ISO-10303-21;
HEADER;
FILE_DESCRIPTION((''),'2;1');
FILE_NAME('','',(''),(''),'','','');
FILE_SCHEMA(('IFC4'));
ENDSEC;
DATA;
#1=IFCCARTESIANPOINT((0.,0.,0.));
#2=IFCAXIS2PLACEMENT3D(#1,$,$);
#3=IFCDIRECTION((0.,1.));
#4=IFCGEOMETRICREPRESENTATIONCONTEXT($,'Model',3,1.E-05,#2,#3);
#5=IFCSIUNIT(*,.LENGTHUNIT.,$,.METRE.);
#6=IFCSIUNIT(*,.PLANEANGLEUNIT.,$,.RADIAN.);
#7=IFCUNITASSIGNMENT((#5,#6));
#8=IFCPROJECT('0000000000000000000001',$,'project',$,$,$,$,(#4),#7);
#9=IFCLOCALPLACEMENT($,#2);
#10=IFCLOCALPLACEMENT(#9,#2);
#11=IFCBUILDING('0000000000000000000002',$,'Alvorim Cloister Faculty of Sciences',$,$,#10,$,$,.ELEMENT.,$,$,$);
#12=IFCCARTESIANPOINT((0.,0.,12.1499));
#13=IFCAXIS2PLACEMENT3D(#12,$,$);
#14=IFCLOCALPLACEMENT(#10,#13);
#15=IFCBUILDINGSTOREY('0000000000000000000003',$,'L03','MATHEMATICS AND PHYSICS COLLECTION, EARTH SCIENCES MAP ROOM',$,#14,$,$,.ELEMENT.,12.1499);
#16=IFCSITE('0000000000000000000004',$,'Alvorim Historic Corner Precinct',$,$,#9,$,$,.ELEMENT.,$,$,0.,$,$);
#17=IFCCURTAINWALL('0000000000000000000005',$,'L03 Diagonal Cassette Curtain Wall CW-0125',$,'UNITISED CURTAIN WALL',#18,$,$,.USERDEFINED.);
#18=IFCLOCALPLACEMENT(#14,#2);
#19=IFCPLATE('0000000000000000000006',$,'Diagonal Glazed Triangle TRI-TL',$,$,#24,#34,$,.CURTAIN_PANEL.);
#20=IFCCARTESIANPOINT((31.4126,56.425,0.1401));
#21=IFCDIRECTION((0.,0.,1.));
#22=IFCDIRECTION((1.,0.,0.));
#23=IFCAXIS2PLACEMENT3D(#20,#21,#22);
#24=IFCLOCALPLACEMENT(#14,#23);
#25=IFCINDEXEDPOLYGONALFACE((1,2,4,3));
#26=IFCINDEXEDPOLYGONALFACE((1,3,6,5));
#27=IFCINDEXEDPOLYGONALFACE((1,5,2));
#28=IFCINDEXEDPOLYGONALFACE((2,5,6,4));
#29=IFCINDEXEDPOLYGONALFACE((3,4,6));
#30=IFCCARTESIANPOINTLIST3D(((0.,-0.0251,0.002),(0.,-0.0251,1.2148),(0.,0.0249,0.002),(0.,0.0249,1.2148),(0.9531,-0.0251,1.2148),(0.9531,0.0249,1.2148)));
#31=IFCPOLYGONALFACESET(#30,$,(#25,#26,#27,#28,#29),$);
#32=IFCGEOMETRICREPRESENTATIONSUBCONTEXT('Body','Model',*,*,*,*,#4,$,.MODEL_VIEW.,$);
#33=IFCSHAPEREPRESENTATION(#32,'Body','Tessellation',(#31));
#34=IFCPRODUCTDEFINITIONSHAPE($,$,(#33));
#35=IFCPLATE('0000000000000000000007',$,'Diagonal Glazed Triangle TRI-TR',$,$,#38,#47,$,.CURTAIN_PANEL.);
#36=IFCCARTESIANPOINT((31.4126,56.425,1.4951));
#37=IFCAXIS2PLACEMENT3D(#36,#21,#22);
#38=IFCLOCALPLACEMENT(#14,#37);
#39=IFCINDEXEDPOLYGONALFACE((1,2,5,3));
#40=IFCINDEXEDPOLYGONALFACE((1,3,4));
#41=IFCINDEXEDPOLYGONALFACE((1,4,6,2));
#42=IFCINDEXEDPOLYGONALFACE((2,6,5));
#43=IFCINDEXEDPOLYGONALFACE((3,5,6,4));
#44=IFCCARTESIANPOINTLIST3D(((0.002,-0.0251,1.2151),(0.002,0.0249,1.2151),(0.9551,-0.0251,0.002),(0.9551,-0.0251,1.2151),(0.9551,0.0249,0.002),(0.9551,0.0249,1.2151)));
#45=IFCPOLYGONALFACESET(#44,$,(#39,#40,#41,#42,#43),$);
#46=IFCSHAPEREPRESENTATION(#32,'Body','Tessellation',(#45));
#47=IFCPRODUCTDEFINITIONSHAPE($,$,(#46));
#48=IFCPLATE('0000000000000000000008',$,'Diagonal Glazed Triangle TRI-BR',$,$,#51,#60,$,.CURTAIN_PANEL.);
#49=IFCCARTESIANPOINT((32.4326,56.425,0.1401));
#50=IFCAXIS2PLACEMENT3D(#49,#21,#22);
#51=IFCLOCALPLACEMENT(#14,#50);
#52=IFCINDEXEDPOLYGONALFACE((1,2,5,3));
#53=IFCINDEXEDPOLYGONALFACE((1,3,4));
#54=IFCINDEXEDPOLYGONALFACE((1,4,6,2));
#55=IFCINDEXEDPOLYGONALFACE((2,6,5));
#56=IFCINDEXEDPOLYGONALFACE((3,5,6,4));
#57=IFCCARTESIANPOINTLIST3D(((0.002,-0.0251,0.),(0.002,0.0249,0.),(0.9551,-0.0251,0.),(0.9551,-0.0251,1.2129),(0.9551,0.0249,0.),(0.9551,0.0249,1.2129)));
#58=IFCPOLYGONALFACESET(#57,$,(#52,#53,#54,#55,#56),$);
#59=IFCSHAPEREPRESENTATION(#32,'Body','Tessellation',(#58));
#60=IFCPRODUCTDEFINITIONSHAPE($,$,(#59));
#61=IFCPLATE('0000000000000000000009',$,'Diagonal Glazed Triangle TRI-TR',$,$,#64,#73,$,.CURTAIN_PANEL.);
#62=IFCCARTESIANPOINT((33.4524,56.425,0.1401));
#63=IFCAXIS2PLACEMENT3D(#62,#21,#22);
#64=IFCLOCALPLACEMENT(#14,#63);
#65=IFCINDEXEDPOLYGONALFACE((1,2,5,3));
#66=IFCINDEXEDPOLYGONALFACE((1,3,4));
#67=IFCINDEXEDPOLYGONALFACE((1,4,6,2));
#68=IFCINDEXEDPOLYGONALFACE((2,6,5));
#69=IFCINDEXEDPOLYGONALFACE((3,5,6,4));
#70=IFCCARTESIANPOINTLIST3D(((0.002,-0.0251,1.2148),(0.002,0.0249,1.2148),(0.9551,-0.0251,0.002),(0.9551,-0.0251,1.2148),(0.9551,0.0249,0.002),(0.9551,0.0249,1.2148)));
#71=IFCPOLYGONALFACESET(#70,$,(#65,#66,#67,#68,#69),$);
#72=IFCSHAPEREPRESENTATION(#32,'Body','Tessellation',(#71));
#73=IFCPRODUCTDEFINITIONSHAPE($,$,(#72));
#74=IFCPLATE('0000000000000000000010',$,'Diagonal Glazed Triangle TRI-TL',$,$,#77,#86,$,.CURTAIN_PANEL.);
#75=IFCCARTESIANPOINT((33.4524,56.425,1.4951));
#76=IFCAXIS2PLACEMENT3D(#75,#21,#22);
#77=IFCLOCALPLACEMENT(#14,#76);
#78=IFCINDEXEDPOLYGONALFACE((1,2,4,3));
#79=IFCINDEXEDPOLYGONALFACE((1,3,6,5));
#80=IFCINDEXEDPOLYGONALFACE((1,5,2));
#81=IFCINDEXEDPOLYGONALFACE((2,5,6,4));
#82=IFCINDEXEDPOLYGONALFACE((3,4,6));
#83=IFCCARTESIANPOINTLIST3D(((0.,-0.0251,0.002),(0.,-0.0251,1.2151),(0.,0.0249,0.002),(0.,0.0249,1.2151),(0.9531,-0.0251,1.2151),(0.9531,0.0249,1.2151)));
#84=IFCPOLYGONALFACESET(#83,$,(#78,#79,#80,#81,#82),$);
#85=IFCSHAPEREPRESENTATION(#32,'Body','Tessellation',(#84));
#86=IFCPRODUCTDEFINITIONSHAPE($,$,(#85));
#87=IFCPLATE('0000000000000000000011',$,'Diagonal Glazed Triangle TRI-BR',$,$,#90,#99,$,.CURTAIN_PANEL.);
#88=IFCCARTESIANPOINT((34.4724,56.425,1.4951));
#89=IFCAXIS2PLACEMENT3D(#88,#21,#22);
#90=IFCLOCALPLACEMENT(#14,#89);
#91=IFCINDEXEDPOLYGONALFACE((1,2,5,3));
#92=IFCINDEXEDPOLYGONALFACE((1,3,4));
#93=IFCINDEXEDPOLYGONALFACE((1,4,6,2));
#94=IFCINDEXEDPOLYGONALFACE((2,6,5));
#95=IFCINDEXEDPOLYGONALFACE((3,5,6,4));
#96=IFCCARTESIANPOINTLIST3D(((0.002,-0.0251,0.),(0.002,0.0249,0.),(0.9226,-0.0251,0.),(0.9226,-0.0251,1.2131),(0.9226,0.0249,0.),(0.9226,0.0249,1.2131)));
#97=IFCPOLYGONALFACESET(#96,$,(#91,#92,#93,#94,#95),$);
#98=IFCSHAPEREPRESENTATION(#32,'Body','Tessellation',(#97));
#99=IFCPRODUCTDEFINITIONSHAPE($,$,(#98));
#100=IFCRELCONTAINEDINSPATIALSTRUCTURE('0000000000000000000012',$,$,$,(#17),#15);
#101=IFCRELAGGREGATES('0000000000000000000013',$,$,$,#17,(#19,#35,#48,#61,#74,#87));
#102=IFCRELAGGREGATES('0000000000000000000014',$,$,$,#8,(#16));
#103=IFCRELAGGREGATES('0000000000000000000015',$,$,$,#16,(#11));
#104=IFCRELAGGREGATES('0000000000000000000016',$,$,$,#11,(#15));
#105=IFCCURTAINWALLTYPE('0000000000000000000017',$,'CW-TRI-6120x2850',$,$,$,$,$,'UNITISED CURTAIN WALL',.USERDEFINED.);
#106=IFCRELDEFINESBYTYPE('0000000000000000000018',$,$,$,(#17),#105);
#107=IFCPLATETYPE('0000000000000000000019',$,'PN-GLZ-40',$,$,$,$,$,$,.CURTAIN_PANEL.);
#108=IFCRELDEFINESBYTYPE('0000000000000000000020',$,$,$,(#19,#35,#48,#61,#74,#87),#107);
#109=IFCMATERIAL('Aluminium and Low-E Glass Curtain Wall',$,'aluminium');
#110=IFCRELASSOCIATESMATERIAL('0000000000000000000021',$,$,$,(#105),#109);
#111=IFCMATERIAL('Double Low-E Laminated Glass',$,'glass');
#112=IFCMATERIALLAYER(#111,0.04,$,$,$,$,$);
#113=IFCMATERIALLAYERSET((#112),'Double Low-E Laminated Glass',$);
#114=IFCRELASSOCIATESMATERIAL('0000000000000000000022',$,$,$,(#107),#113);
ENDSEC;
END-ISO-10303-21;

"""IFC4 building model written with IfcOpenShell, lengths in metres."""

from ifc_helpers import new_model, si_unit, direction, frame, origin, place, context, subcontext, project, spatial, polyline, outline, extrude, material, layer, layer_set, type_object, element, aggregate, save


model = new_model("IFC4")

# Units and contexts
model_context = context("Model", 3, precision=1e-05, world=origin(), true_north=direction((0.0, 1.0)))
body_context = subcontext(model_context, "Body", "Model", "MODEL_VIEW")
ifc_project = project(units=[si_unit("LENGTHUNIT", "METRE"), si_unit("PLANEANGLEUNIT", "RADIAN")], contexts=[model_context])

# Site, building, storey
site_placement = place(None, origin())
site = spatial("IfcSite", under=ifc_project, at=site_placement, Name="Alvorim Historic Corner Precinct", CompositionType="ELEMENT", RefElevation=0.0)
building_placement = place(site_placement, origin())
building = spatial("IfcBuilding", under=site, at=building_placement, Name="Alvorim Cloister Faculty of Sciences", CompositionType="ELEMENT")
storey_placement = place(building_placement, frame((0.0, 0.0, 12.1499)))
storey = spatial("IfcBuildingStorey", under=building, at=storey_placement, Name="L03", Description="MATHEMATICS AND PHYSICS COLLECTION, EARTH SCIENCES MAP ROOM", CompositionType="ELEMENT", Elevation=12.1499)

# Curtain wall, plates
ifc_material_1 = material(Name="Aluminium and Low-E Glass Curtain Wall", Category="aluminium")
curtain_wall_type = type_object("IfcCurtainWallType", Name="CW-TRI-6120x2850", ElementType="UNITISED CURTAIN WALL", PredefinedType="USERDEFINED", material=ifc_material_1)
curtain_wall_placement = place(storey_placement, origin())
curtain_wall = element("IfcCurtainWall", 1, at=curtain_wall_placement, inside=storey, type_object=curtain_wall_type, Name="L03 Diagonal Cassette Curtain Wall CW-0125", ObjectType="UNITISED CURTAIN WALL", PredefinedType="USERDEFINED")
ifc_material_2 = material(Name="Double Low-E Laminated Glass", Category="glass")
ifc_layer = layer(ifc_material_2, 0.04)
ifc_layer_set = layer_set([ifc_layer], Name="Double Low-E Laminated Glass")
plate_type = type_object("IfcPlateType", Name="PN-GLZ-40", PredefinedType="CURTAIN_PANEL", material=ifc_layer_set)
plate_1_placement = place(storey_placement, frame((31.4126, 56.425, 0.1401), z_axis=(0.0, 0.0, 1.0), x_axis=(1.0, 0.0, 0.0)))
plate_1 = element("IfcPlate", 2, at=plate_1_placement, type_object=plate_type, Name="Diagonal Glazed Triangle TRI-TL", PredefinedType="CURTAIN_PANEL", context=body_context, shape_type="SweptSolid", body=[
    extrude(outline(polyline([(0.9531, 1.2148), (0.0, 1.2148), (0.0, 0.002), (0.9531, 1.2148)])), frame((0.0, 0.0249, 0.0), z_axis=(0.0, -1.0, 0.0), x_axis=(1.0, 0.0, 0.0)), (0.0, 0.0, 1.0), 0.05),
])
plate_2_placement = place(storey_placement, frame((31.4126, 56.425, 1.4951), z_axis=(0.0, 0.0, 1.0), x_axis=(1.0, 0.0, 0.0)))
plate_2 = element("IfcPlate", 3, at=plate_2_placement, type_object=plate_type, Name="Diagonal Glazed Triangle TRI-TR", PredefinedType="CURTAIN_PANEL", context=body_context, shape_type="SweptSolid", body=[
    extrude(outline(polyline([(0.9551, 0.002), (0.9551, 1.2151), (0.002, 1.2151), (0.9551, 0.002)])), frame((0.0, 0.0249, 0.0), z_axis=(0.0, -1.0, 0.0), x_axis=(1.0, 0.0, 0.0)), (0.0, 0.0, 1.0), 0.05),
])
plate_3_placement = place(storey_placement, frame((32.4326, 56.425, 0.1401), z_axis=(0.0, 0.0, 1.0), x_axis=(1.0, 0.0, 0.0)))
plate_3 = element("IfcPlate", 4, at=plate_3_placement, type_object=plate_type, Name="Diagonal Glazed Triangle TRI-BR", PredefinedType="CURTAIN_PANEL", context=body_context, shape_type="SweptSolid", body=[
    extrude(outline(polyline([(0.002, 0.0), (0.9551, 0.0), (0.9551, 1.2129), (0.002, 0.0)])), frame((0.0, 0.0249, 0.0), z_axis=(0.0, -1.0, 0.0), x_axis=(1.0, 0.0, 0.0)), (0.0, 0.0, 1.0), 0.05),
])
plate_4_placement = place(storey_placement, frame((33.4524, 56.425, 0.1401), z_axis=(0.0, 0.0, 1.0), x_axis=(1.0, 0.0, 0.0)))
plate_4 = element("IfcPlate", 5, at=plate_4_placement, type_object=plate_type, Name="Diagonal Glazed Triangle TRI-TR", PredefinedType="CURTAIN_PANEL", context=body_context, shape_type="SweptSolid", body=[
    extrude(outline(polyline([(0.9551, 0.002), (0.9551, 1.2148), (0.002, 1.2148), (0.9551, 0.002)])), frame((0.0, 0.0249, 0.0), z_axis=(0.0, -1.0, 0.0), x_axis=(1.0, 0.0, 0.0)), (0.0, 0.0, 1.0), 0.05),
])
plate_5_placement = place(storey_placement, frame((33.4524, 56.425, 1.4951), z_axis=(0.0, 0.0, 1.0), x_axis=(1.0, 0.0, 0.0)))
plate_5 = element("IfcPlate", 6, at=plate_5_placement, type_object=plate_type, Name="Diagonal Glazed Triangle TRI-TL", PredefinedType="CURTAIN_PANEL", context=body_context, shape_type="SweptSolid", body=[
    extrude(outline(polyline([(0.9531, 1.2151), (0.0, 1.2151), (0.0, 0.002), (0.9531, 1.2151)])), frame((0.0, 0.0249, 0.0), z_axis=(0.0, -1.0, 0.0), x_axis=(1.0, 0.0, 0.0)), (0.0, 0.0, 1.0), 0.05),
])
plate_6_placement = place(storey_placement, frame((34.4724, 56.425, 1.4951), z_axis=(0.0, 0.0, 1.0), x_axis=(1.0, 0.0, 0.0)))
plate_6 = element("IfcPlate", 7, at=plate_6_placement, type_object=plate_type, Name="Diagonal Glazed Triangle TRI-BR", PredefinedType="CURTAIN_PANEL", context=body_context, shape_type="SweptSolid", body=[
    extrude(outline(polyline([(0.002, 0.0), (0.9226, 0.0), (0.9226, 1.2131), (0.002, 0.0)])), frame((0.0, 0.0249, 0.0), z_axis=(0.0, -1.0, 0.0), x_axis=(1.0, 0.0, 0.0)), (0.0, 0.0, 1.0), 0.05),
])
aggregate(curtain_wall, [plate_1, plate_2, plate_3, plate_4, plate_5, plate_6])

save(model, "model.ifc")
